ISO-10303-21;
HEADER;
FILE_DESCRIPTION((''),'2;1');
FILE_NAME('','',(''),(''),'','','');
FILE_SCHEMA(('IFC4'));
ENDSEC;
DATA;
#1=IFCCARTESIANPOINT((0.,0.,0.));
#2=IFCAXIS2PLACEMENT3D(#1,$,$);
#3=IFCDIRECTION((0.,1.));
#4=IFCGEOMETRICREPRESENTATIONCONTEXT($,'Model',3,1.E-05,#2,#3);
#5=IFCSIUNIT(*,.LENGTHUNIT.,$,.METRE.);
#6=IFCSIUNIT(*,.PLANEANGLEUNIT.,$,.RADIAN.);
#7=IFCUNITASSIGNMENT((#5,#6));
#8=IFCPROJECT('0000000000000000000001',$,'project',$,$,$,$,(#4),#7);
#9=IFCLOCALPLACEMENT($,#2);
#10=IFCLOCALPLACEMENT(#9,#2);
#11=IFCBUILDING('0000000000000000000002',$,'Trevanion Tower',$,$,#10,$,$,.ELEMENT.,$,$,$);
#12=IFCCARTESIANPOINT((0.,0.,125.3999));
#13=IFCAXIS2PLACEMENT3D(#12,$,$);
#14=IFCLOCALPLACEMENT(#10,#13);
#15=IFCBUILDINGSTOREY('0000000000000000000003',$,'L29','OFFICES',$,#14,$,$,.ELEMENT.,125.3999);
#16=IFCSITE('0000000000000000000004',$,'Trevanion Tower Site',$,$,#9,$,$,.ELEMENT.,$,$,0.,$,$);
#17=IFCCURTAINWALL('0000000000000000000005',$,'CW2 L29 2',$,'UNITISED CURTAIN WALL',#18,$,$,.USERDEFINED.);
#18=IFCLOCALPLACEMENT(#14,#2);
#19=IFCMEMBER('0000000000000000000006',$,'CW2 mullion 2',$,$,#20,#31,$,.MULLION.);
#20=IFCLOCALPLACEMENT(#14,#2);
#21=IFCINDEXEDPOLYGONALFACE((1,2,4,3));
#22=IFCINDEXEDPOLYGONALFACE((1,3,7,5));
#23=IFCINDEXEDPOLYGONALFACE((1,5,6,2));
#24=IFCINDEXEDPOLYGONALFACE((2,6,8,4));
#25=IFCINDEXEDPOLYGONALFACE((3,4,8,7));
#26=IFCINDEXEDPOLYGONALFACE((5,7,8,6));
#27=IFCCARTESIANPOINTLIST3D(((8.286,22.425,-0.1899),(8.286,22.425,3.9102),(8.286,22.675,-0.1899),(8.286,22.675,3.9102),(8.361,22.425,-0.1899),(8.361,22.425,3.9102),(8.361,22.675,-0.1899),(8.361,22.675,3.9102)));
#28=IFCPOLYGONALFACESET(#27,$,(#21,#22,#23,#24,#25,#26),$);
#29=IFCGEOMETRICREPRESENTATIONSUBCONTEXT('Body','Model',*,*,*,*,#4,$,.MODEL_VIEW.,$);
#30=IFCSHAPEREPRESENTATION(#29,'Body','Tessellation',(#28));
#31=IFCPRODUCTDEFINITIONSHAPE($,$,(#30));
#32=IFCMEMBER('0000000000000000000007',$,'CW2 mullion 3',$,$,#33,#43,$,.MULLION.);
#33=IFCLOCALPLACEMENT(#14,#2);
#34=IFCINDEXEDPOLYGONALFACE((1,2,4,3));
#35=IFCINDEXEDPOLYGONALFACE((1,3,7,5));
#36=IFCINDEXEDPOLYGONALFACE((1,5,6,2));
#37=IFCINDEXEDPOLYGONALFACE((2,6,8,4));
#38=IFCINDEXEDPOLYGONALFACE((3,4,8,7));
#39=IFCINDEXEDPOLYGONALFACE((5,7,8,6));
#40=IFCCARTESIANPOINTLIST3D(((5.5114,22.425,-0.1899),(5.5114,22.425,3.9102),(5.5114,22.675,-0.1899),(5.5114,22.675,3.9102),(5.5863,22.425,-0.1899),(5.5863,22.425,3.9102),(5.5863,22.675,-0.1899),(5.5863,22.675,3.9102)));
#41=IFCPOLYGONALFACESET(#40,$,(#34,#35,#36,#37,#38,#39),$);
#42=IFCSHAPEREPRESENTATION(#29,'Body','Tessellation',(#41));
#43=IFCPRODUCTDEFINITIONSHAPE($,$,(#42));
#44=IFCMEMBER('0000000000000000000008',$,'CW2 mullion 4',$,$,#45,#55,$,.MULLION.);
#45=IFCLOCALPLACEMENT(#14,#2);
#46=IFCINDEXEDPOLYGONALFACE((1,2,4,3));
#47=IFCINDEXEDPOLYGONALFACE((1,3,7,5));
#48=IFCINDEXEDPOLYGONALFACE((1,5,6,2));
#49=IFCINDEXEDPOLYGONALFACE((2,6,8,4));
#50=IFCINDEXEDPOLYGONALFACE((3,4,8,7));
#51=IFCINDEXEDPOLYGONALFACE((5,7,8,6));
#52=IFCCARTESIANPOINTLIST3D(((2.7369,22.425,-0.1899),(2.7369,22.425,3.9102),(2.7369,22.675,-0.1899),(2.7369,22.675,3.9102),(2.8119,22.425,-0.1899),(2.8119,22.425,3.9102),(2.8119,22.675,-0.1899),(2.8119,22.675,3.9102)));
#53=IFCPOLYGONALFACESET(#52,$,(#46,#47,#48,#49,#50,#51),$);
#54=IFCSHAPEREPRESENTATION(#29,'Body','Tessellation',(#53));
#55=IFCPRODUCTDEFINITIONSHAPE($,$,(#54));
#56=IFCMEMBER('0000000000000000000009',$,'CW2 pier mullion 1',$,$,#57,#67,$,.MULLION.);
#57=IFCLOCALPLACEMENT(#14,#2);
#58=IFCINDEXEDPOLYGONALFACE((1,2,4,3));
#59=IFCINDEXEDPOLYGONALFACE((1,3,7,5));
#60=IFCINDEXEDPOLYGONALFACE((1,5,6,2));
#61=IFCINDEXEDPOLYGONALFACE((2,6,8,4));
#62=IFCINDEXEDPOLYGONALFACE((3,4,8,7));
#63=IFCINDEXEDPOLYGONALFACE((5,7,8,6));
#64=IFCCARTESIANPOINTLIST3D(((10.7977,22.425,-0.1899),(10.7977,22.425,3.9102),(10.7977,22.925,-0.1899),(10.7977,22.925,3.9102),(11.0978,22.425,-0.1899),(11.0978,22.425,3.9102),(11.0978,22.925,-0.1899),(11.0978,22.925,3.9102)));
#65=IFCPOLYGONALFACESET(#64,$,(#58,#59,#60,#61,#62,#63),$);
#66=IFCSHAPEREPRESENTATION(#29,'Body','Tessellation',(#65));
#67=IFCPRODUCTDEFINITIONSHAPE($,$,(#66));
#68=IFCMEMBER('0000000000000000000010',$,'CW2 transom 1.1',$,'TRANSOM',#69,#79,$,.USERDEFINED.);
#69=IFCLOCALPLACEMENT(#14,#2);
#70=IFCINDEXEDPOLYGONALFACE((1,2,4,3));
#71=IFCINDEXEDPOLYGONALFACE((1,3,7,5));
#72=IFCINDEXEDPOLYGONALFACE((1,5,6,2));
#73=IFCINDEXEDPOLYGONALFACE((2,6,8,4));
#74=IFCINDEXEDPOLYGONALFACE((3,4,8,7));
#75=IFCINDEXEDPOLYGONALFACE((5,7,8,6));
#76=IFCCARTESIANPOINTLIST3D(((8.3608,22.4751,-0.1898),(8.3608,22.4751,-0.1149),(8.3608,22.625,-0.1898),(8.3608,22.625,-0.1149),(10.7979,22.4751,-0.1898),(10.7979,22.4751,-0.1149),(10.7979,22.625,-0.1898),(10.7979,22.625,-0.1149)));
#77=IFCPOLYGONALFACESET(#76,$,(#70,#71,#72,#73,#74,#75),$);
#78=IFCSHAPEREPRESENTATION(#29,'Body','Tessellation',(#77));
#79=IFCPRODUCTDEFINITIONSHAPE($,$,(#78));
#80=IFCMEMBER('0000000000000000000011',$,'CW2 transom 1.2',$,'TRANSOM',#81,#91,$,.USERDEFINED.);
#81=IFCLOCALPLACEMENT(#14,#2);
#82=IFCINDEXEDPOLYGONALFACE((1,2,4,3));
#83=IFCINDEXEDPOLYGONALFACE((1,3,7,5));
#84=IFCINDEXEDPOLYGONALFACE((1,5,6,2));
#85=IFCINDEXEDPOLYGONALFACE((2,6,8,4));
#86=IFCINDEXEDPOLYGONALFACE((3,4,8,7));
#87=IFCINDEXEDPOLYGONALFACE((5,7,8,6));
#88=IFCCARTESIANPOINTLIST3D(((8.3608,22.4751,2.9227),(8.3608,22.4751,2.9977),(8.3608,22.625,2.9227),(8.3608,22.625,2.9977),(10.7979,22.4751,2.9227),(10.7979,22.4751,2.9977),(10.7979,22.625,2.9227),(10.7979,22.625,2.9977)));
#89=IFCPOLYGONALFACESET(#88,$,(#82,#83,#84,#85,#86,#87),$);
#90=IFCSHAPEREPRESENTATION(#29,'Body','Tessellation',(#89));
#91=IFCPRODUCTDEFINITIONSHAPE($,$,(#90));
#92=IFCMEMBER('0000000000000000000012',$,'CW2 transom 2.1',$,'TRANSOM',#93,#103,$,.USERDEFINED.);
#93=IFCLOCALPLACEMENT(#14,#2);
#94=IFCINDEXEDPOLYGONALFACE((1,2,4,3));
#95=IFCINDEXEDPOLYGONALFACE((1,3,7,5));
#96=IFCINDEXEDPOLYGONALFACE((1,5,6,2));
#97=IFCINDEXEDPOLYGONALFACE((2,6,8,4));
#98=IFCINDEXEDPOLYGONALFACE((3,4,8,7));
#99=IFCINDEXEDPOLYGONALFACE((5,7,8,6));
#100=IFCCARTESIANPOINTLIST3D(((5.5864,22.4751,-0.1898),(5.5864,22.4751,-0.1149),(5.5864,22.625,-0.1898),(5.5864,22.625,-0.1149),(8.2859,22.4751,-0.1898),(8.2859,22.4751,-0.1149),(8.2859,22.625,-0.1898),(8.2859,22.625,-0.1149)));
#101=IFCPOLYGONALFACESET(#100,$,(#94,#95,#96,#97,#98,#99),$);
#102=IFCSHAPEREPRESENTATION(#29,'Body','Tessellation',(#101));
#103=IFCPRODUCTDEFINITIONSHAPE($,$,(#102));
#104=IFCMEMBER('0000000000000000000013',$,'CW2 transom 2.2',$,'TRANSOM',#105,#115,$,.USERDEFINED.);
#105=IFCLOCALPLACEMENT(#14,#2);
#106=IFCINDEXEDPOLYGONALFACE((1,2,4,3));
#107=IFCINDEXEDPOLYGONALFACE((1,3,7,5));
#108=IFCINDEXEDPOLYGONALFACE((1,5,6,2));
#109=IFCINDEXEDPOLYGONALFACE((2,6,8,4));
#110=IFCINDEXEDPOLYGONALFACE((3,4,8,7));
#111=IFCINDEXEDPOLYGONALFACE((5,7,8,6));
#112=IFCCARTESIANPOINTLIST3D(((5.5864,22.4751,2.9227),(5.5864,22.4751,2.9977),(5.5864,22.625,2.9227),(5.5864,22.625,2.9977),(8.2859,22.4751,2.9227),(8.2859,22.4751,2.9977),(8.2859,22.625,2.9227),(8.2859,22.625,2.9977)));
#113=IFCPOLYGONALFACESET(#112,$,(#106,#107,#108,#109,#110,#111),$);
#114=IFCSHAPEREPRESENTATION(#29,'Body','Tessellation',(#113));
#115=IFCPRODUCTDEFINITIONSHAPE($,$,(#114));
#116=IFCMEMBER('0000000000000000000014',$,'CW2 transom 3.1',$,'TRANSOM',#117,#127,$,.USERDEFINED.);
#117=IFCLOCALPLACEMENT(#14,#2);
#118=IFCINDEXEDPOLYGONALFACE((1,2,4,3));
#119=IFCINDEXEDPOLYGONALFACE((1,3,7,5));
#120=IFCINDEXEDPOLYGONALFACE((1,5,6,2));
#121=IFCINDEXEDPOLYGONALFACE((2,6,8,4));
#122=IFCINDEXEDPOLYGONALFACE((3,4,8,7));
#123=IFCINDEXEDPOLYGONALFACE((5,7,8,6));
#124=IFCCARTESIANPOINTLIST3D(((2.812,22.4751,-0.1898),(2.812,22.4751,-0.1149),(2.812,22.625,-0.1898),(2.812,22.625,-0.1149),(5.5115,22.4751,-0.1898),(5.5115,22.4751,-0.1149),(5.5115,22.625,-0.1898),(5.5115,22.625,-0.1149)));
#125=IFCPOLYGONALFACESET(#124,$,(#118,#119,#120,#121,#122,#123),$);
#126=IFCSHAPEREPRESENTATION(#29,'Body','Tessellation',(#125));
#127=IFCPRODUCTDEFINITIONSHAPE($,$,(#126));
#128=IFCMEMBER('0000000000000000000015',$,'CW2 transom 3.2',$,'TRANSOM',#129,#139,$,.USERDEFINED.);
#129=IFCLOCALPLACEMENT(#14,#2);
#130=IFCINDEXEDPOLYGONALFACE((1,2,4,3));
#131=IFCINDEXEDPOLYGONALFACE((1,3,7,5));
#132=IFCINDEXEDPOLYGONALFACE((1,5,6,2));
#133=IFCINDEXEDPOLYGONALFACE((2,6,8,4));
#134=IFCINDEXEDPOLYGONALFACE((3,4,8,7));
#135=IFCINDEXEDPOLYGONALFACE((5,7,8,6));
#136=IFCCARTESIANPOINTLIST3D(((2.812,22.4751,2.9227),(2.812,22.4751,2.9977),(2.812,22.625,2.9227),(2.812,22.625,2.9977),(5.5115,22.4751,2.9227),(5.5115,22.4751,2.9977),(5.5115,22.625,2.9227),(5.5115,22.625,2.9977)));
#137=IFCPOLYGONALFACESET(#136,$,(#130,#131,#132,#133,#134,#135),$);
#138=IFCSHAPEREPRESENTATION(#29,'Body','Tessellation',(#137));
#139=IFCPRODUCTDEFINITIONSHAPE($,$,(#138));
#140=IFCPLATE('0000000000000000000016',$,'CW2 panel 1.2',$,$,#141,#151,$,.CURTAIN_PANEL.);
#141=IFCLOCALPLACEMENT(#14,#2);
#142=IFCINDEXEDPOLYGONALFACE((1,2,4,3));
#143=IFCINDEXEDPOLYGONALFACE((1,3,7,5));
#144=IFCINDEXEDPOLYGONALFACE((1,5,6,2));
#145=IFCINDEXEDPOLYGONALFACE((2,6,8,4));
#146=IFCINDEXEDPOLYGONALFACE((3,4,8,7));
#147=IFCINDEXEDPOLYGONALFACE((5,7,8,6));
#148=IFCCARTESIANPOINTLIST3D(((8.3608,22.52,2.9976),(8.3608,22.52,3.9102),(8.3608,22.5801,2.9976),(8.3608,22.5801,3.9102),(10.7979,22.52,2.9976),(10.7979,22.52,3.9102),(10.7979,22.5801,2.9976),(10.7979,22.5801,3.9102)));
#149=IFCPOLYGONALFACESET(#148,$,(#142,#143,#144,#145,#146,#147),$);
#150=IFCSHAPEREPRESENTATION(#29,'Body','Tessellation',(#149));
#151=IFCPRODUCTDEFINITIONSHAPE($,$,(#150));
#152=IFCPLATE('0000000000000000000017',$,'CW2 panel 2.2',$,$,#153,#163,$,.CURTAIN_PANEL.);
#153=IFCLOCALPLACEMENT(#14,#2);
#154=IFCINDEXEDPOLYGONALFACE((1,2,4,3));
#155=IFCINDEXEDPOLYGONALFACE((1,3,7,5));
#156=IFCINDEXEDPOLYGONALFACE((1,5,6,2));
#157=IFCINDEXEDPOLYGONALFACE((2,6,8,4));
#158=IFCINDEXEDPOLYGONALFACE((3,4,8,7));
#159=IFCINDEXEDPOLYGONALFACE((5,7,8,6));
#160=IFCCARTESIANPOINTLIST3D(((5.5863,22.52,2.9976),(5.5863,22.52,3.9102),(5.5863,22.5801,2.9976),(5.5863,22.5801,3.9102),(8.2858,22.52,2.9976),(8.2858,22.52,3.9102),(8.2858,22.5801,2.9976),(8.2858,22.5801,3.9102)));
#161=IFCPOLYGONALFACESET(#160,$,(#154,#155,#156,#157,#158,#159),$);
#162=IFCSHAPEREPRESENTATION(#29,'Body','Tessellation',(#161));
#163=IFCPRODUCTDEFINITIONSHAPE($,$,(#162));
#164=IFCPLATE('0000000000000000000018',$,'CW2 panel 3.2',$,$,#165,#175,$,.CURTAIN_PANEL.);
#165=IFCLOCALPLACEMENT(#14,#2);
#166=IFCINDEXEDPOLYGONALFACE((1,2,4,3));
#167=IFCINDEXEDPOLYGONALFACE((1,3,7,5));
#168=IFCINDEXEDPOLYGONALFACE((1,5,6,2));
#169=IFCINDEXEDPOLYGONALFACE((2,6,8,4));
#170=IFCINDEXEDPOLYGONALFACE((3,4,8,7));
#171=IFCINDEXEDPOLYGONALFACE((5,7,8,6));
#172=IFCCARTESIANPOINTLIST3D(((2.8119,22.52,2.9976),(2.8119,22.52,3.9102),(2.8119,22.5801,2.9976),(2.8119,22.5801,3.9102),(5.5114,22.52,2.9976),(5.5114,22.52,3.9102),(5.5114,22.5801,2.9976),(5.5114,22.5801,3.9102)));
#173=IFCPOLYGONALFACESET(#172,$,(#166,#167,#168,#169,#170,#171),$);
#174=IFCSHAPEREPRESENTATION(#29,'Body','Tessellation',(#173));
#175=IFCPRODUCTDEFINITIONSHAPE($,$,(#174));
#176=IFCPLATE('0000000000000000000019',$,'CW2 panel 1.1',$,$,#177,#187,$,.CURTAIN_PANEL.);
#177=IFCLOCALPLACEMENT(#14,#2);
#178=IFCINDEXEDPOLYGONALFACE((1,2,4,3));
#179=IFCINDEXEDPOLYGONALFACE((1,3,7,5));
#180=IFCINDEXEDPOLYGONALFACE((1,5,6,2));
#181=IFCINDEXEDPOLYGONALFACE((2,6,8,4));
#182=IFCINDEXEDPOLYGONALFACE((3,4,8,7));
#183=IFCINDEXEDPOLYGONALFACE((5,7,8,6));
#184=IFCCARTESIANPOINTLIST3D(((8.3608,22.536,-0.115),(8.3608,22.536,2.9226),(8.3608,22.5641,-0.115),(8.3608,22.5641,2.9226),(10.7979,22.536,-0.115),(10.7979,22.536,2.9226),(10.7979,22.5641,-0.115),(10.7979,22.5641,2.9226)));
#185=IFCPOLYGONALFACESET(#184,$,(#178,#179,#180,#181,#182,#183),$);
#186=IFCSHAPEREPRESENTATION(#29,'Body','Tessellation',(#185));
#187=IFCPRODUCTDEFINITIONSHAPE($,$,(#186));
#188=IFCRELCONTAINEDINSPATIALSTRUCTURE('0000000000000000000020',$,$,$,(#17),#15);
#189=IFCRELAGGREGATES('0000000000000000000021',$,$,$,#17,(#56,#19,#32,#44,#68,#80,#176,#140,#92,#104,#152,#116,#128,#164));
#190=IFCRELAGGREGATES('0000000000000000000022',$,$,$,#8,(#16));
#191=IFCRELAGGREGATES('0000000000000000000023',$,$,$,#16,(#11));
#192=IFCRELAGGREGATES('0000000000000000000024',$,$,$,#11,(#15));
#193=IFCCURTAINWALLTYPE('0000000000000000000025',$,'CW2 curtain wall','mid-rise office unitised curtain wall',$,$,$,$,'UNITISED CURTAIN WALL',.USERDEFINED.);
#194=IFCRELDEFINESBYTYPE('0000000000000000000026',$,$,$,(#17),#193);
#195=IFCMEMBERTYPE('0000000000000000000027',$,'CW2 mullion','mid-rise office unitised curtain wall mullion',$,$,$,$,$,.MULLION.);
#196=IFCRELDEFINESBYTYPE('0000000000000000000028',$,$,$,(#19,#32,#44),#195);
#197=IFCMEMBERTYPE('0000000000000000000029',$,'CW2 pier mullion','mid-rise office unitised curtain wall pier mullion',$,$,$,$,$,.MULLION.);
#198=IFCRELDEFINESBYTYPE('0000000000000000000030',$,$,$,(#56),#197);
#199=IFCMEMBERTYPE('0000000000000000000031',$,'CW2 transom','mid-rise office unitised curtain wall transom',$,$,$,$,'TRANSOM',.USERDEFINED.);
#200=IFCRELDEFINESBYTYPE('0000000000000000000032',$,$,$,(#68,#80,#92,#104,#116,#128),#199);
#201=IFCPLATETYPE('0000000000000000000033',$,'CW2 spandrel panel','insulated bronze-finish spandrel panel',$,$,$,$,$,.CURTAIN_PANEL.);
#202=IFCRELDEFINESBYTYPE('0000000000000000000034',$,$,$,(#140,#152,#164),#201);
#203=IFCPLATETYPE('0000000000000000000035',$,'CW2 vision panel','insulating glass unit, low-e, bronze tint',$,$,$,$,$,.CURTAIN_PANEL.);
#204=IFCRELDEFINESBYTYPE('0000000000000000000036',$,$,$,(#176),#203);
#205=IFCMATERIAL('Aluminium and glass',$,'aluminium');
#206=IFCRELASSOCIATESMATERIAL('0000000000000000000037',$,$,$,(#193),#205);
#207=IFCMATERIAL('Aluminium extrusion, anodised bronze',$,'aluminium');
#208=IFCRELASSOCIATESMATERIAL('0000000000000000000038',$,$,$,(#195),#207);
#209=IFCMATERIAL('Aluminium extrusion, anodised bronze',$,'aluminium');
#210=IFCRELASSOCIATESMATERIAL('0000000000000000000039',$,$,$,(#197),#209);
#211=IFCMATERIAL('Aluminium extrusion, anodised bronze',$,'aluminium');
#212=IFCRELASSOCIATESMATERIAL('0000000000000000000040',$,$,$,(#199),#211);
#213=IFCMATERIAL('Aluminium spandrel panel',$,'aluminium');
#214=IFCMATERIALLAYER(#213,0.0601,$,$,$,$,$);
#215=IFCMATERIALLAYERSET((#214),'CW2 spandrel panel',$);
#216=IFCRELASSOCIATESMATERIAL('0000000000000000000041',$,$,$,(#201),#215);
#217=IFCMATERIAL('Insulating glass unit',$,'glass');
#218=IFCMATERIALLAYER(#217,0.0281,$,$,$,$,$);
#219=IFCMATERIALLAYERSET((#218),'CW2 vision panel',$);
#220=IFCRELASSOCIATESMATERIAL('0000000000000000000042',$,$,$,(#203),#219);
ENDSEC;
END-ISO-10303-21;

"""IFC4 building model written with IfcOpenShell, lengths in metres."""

from ifc_helpers import new_model, si_unit, direction, frame, origin, origin_2d, place, context, subcontext, project, spatial, rectangle, extrude, material, layer, layer_set, material_profile, profile_set, type_object, element, aggregate, save


model = new_model("IFC4")

# Units and contexts
model_context = context("Model", 3, precision=1e-05, world=origin(), true_north=direction((0.0, 1.0)))
body_context = subcontext(model_context, "Body", "Model", "MODEL_VIEW")
ifc_project = project(units=[si_unit("LENGTHUNIT", "METRE"), si_unit("PLANEANGLEUNIT", "RADIAN")], contexts=[model_context])

# Site, building, storey
site_placement = place(None, origin())
site = spatial("IfcSite", under=ifc_project, at=site_placement, Name="Trevanion Tower Site", CompositionType="ELEMENT", RefElevation=0.0)
building_placement = place(site_placement, origin())
building = spatial("IfcBuilding", under=site, at=building_placement, Name="Trevanion Tower", CompositionType="ELEMENT")
storey_placement = place(building_placement, frame((0.0, 0.0, 125.3999)))
storey = spatial("IfcBuildingStorey", under=building, at=storey_placement, Name="L29", Description="OFFICES", CompositionType="ELEMENT", Elevation=125.3999)

# Curtain wall, members, plates
ifc_material_1 = material(Name="Aluminium and glass", Category="aluminium")
curtain_wall_type = type_object("IfcCurtainWallType", Name="CW2 curtain wall", Description="mid-rise office unitised curtain wall", ElementType="UNITISED CURTAIN WALL", PredefinedType="USERDEFINED", material=ifc_material_1)
curtain_wall_placement = place(storey_placement, origin())
curtain_wall = element("IfcCurtainWall", 1, at=curtain_wall_placement, inside=storey, type_object=curtain_wall_type, Name="CW2 L29 2", ObjectType="UNITISED CURTAIN WALL", PredefinedType="USERDEFINED")
ifc_material_2 = material(Name="Aluminium extrusion, anodised bronze", Category="aluminium")
ifc_material_profile_1 = material_profile(ifc_material_2, rectangle(XDim=0.075, YDim=0.25, at=origin_2d()), Name="CW2 mullion")
ifc_profile_set_1 = profile_set([ifc_material_profile_1], Name="Aluminium extrusion, anodised bronze")
member_type_1 = type_object("IfcMemberType", Name="CW2 mullion", Description="mid-rise office unitised curtain wall mullion", PredefinedType="MULLION", material=ifc_profile_set_1)
member_1_placement = place(storey_placement, frame((8.3235, 22.55, -0.1899), z_axis=(0.0, 0.0, 1.0), x_axis=(-1.0, 0.0, 0.0)))
member_1 = element("IfcMember", 2, at=member_1_placement, type_object=member_type_1, Name="CW2 mullion 2", PredefinedType="MULLION", context=body_context, shape_type="SweptSolid", body=[
    extrude(rectangle(XDim=0.075, YDim=0.25, at=origin_2d()), origin(), (0.0, 0.0, 1.0), 4.1001),
])
member_2_placement = place(storey_placement, frame((5.5488, 22.55, -0.1899), z_axis=(0.0, 0.0, 1.0), x_axis=(-1.0, 0.0, 0.0)))
member_2 = element("IfcMember", 3, at=member_2_placement, type_object=member_type_1, Name="CW2 mullion 3", PredefinedType="MULLION", context=body_context, shape_type="SweptSolid", body=[
    extrude(rectangle(XDim=0.075, YDim=0.25, at=origin_2d()), origin(), (0.0, 0.0, 1.0), 4.1001),
])
member_3_placement = place(storey_placement, frame((2.7744, 22.55, -0.1899), z_axis=(0.0, 0.0, 1.0), x_axis=(-1.0, 0.0, 0.0)))
member_3 = element("IfcMember", 4, at=member_3_placement, type_object=member_type_1, Name="CW2 mullion 4", PredefinedType="MULLION", context=body_context, shape_type="SweptSolid", body=[
    extrude(rectangle(XDim=0.075, YDim=0.25, at=origin_2d()), origin(), (0.0, 0.0, 1.0), 4.1001),
])
ifc_material_3 = material(Name="Aluminium extrusion, anodised bronze", Category="aluminium")
ifc_material_profile_2 = material_profile(ifc_material_3, rectangle(XDim=0.3, YDim=0.5, at=origin_2d()), Name="CW2 pier mullion")
ifc_profile_set_2 = profile_set([ifc_material_profile_2], Name="Aluminium extrusion, anodised bronze")
member_type_2 = type_object("IfcMemberType", Name="CW2 pier mullion", Description="mid-rise office unitised curtain wall pier mullion", PredefinedType="MULLION", material=ifc_profile_set_2)
member_4_placement = place(storey_placement, frame((10.9478, 22.675, -0.1899), z_axis=(0.0, 0.0, 1.0), x_axis=(-1.0, 0.0, 0.0)))
member_4 = element("IfcMember", 5, at=member_4_placement, type_object=member_type_2, Name="CW2 pier mullion 1", PredefinedType="MULLION", context=body_context, shape_type="SweptSolid", body=[
    extrude(rectangle(XDim=0.3, YDim=0.5, at=origin_2d()), origin(), (0.0, 0.0, 1.0), 4.1001),
])
ifc_material_4 = material(Name="Aluminium extrusion, anodised bronze", Category="aluminium")
ifc_material_profile_3 = material_profile(ifc_material_4, rectangle(XDim=0.1499, YDim=0.075, at=origin_2d()), Name="CW2 transom")
ifc_profile_set_3 = profile_set([ifc_material_profile_3], Name="Aluminium extrusion, anodised bronze")
member_type_3 = type_object("IfcMemberType", Name="CW2 transom", Description="mid-rise office unitised curtain wall transom", ElementType="TRANSOM", PredefinedType="USERDEFINED", material=ifc_profile_set_3)
member_5_placement = place(storey_placement, frame((10.7979, 22.55, -0.1523), z_axis=(-1.0, 0.0, 0.0), x_axis=(0.0, -1.0, 0.0)))
member_5 = element("IfcMember", 6, at=member_5_placement, type_object=member_type_3, Name="CW2 transom 1.1", ObjectType="TRANSOM", PredefinedType="USERDEFINED", context=body_context, shape_type="SweptSolid", body=[
    extrude(rectangle(XDim=0.1499, YDim=0.075, at=origin_2d()), origin(), (0.0, 0.0, 1.0), 2.437),
])
member_6_placement = place(storey_placement, frame((10.7979, 22.55, 2.9602), z_axis=(-1.0, 0.0, 0.0), x_axis=(0.0, -1.0, 0.0)))
member_6 = element("IfcMember", 7, at=member_6_placement, type_object=member_type_3, Name="CW2 transom 1.2", ObjectType="TRANSOM", PredefinedType="USERDEFINED", context=body_context, shape_type="SweptSolid", body=[
    extrude(rectangle(XDim=0.1499, YDim=0.075, at=origin_2d()), origin(), (0.0, 0.0, 1.0), 2.437),
])
member_7_placement = place(storey_placement, frame((8.2859, 22.55, -0.1523), z_axis=(-1.0, 0.0, 0.0), x_axis=(0.0, -1.0, 0.0)))
member_7 = element("IfcMember", 8, at=member_7_placement, type_object=member_type_3, Name="CW2 transom 2.1", ObjectType="TRANSOM", PredefinedType="USERDEFINED", context=body_context, shape_type="SweptSolid", body=[
    extrude(rectangle(XDim=0.1499, YDim=0.075, at=origin_2d()), origin(), (0.0, 0.0, 1.0), 2.6995),
])
member_8_placement = place(storey_placement, frame((8.2859, 22.55, 2.9602), z_axis=(-1.0, 0.0, 0.0), x_axis=(0.0, -1.0, 0.0)))
member_8 = element("IfcMember", 9, at=member_8_placement, type_object=member_type_3, Name="CW2 transom 2.2", ObjectType="TRANSOM", PredefinedType="USERDEFINED", context=body_context, shape_type="SweptSolid", body=[
    extrude(rectangle(XDim=0.1499, YDim=0.075, at=origin_2d()), origin(), (0.0, 0.0, 1.0), 2.6995),
])
member_9_placement = place(storey_placement, frame((5.5115, 22.55, -0.1523), z_axis=(-1.0, 0.0, 0.0), x_axis=(0.0, -1.0, 0.0)))
member_9 = element("IfcMember", 10, at=member_9_placement, type_object=member_type_3, Name="CW2 transom 3.1", ObjectType="TRANSOM", PredefinedType="USERDEFINED", context=body_context, shape_type="SweptSolid", body=[
    extrude(rectangle(XDim=0.1499, YDim=0.075, at=origin_2d()), origin(), (0.0, 0.0, 1.0), 2.6995),
])
member_10_placement = place(storey_placement, frame((5.5115, 22.55, 2.9602), z_axis=(-1.0, 0.0, 0.0), x_axis=(0.0, -1.0, 0.0)))
member_10 = element("IfcMember", 11, at=member_10_placement, type_object=member_type_3, Name="CW2 transom 3.2", ObjectType="TRANSOM", PredefinedType="USERDEFINED", context=body_context, shape_type="SweptSolid", body=[
    extrude(rectangle(XDim=0.1499, YDim=0.075, at=origin_2d()), origin(), (0.0, 0.0, 1.0), 2.6995),
])
ifc_material_5 = material(Name="Aluminium spandrel panel", Category="aluminium")
ifc_layer_1 = layer(ifc_material_5, 0.0601)
ifc_layer_set_1 = layer_set([ifc_layer_1], Name="CW2 spandrel panel")
plate_type_1 = type_object("IfcPlateType", Name="CW2 spandrel panel", Description="insulated bronze-finish spandrel panel", PredefinedType="CURTAIN_PANEL", material=ifc_layer_set_1)
plate_1_placement = place(storey_placement, frame((9.5793, 22.55, 2.9976), z_axis=(0.0, 0.0, 1.0), x_axis=(-1.0, 0.0, 0.0)))
plate_1 = element("IfcPlate", 12, at=plate_1_placement, type_object=plate_type_1, Name="CW2 panel 1.2", PredefinedType="CURTAIN_PANEL", context=body_context, shape_type="SweptSolid", body=[
    extrude(rectangle(XDim=2.437, YDim=0.0601, at=origin_2d()), origin(), (0.0, 0.0, 1.0), 0.9126),
])
plate_2_placement = place(storey_placement, frame((6.936, 22.55, 2.9976), z_axis=(0.0, 0.0, 1.0), x_axis=(-1.0, 0.0, 0.0)))
plate_2 = element("IfcPlate", 13, at=plate_2_placement, type_object=plate_type_1, Name="CW2 panel 2.2", PredefinedType="CURTAIN_PANEL", context=body_context, shape_type="SweptSolid", body=[
    extrude(rectangle(XDim=2.6995, YDim=0.0601, at=origin_2d()), origin(), (0.0, 0.0, 1.0), 0.9126),
])
plate_3_placement = place(storey_placement, frame((4.1616, 22.55, 2.9976), z_axis=(0.0, 0.0, 1.0), x_axis=(-1.0, 0.0, 0.0)))
plate_3 = element("IfcPlate", 14, at=plate_3_placement, type_object=plate_type_1, Name="CW2 panel 3.2", PredefinedType="CURTAIN_PANEL", context=body_context, shape_type="SweptSolid", body=[
    extrude(rectangle(XDim=2.6995, YDim=0.0601, at=origin_2d()), origin(), (0.0, 0.0, 1.0), 0.9126),
])
ifc_material_6 = material(Name="Insulating glass unit", Category="glass")
ifc_layer_2 = layer(ifc_material_6, 0.0281)
ifc_layer_set_2 = layer_set([ifc_layer_2], Name="CW2 vision panel")
plate_type_2 = type_object("IfcPlateType", Name="CW2 vision panel", Description="insulating glass unit, low-e, bronze tint", PredefinedType="CURTAIN_PANEL", material=ifc_layer_set_2)
plate_4_placement = place(storey_placement, frame((9.5793, 22.55, -0.115), z_axis=(0.0, 0.0, 1.0), x_axis=(-1.0, 0.0, 0.0)))
plate_4 = element("IfcPlate", 15, at=plate_4_placement, type_object=plate_type_2, Name="CW2 panel 1.1", PredefinedType="CURTAIN_PANEL", context=body_context, shape_type="SweptSolid", body=[
    extrude(rectangle(XDim=2.437, YDim=0.0281, at=origin_2d()), origin(), (0.0, 0.0, 1.0), 3.0376),
])
aggregate(curtain_wall, [member_4, member_1, member_2, member_3, member_5, member_6, plate_4, plate_1, member_7, member_8, plate_2, member_9, member_10, plate_3])

save(model, "model.ifc")
